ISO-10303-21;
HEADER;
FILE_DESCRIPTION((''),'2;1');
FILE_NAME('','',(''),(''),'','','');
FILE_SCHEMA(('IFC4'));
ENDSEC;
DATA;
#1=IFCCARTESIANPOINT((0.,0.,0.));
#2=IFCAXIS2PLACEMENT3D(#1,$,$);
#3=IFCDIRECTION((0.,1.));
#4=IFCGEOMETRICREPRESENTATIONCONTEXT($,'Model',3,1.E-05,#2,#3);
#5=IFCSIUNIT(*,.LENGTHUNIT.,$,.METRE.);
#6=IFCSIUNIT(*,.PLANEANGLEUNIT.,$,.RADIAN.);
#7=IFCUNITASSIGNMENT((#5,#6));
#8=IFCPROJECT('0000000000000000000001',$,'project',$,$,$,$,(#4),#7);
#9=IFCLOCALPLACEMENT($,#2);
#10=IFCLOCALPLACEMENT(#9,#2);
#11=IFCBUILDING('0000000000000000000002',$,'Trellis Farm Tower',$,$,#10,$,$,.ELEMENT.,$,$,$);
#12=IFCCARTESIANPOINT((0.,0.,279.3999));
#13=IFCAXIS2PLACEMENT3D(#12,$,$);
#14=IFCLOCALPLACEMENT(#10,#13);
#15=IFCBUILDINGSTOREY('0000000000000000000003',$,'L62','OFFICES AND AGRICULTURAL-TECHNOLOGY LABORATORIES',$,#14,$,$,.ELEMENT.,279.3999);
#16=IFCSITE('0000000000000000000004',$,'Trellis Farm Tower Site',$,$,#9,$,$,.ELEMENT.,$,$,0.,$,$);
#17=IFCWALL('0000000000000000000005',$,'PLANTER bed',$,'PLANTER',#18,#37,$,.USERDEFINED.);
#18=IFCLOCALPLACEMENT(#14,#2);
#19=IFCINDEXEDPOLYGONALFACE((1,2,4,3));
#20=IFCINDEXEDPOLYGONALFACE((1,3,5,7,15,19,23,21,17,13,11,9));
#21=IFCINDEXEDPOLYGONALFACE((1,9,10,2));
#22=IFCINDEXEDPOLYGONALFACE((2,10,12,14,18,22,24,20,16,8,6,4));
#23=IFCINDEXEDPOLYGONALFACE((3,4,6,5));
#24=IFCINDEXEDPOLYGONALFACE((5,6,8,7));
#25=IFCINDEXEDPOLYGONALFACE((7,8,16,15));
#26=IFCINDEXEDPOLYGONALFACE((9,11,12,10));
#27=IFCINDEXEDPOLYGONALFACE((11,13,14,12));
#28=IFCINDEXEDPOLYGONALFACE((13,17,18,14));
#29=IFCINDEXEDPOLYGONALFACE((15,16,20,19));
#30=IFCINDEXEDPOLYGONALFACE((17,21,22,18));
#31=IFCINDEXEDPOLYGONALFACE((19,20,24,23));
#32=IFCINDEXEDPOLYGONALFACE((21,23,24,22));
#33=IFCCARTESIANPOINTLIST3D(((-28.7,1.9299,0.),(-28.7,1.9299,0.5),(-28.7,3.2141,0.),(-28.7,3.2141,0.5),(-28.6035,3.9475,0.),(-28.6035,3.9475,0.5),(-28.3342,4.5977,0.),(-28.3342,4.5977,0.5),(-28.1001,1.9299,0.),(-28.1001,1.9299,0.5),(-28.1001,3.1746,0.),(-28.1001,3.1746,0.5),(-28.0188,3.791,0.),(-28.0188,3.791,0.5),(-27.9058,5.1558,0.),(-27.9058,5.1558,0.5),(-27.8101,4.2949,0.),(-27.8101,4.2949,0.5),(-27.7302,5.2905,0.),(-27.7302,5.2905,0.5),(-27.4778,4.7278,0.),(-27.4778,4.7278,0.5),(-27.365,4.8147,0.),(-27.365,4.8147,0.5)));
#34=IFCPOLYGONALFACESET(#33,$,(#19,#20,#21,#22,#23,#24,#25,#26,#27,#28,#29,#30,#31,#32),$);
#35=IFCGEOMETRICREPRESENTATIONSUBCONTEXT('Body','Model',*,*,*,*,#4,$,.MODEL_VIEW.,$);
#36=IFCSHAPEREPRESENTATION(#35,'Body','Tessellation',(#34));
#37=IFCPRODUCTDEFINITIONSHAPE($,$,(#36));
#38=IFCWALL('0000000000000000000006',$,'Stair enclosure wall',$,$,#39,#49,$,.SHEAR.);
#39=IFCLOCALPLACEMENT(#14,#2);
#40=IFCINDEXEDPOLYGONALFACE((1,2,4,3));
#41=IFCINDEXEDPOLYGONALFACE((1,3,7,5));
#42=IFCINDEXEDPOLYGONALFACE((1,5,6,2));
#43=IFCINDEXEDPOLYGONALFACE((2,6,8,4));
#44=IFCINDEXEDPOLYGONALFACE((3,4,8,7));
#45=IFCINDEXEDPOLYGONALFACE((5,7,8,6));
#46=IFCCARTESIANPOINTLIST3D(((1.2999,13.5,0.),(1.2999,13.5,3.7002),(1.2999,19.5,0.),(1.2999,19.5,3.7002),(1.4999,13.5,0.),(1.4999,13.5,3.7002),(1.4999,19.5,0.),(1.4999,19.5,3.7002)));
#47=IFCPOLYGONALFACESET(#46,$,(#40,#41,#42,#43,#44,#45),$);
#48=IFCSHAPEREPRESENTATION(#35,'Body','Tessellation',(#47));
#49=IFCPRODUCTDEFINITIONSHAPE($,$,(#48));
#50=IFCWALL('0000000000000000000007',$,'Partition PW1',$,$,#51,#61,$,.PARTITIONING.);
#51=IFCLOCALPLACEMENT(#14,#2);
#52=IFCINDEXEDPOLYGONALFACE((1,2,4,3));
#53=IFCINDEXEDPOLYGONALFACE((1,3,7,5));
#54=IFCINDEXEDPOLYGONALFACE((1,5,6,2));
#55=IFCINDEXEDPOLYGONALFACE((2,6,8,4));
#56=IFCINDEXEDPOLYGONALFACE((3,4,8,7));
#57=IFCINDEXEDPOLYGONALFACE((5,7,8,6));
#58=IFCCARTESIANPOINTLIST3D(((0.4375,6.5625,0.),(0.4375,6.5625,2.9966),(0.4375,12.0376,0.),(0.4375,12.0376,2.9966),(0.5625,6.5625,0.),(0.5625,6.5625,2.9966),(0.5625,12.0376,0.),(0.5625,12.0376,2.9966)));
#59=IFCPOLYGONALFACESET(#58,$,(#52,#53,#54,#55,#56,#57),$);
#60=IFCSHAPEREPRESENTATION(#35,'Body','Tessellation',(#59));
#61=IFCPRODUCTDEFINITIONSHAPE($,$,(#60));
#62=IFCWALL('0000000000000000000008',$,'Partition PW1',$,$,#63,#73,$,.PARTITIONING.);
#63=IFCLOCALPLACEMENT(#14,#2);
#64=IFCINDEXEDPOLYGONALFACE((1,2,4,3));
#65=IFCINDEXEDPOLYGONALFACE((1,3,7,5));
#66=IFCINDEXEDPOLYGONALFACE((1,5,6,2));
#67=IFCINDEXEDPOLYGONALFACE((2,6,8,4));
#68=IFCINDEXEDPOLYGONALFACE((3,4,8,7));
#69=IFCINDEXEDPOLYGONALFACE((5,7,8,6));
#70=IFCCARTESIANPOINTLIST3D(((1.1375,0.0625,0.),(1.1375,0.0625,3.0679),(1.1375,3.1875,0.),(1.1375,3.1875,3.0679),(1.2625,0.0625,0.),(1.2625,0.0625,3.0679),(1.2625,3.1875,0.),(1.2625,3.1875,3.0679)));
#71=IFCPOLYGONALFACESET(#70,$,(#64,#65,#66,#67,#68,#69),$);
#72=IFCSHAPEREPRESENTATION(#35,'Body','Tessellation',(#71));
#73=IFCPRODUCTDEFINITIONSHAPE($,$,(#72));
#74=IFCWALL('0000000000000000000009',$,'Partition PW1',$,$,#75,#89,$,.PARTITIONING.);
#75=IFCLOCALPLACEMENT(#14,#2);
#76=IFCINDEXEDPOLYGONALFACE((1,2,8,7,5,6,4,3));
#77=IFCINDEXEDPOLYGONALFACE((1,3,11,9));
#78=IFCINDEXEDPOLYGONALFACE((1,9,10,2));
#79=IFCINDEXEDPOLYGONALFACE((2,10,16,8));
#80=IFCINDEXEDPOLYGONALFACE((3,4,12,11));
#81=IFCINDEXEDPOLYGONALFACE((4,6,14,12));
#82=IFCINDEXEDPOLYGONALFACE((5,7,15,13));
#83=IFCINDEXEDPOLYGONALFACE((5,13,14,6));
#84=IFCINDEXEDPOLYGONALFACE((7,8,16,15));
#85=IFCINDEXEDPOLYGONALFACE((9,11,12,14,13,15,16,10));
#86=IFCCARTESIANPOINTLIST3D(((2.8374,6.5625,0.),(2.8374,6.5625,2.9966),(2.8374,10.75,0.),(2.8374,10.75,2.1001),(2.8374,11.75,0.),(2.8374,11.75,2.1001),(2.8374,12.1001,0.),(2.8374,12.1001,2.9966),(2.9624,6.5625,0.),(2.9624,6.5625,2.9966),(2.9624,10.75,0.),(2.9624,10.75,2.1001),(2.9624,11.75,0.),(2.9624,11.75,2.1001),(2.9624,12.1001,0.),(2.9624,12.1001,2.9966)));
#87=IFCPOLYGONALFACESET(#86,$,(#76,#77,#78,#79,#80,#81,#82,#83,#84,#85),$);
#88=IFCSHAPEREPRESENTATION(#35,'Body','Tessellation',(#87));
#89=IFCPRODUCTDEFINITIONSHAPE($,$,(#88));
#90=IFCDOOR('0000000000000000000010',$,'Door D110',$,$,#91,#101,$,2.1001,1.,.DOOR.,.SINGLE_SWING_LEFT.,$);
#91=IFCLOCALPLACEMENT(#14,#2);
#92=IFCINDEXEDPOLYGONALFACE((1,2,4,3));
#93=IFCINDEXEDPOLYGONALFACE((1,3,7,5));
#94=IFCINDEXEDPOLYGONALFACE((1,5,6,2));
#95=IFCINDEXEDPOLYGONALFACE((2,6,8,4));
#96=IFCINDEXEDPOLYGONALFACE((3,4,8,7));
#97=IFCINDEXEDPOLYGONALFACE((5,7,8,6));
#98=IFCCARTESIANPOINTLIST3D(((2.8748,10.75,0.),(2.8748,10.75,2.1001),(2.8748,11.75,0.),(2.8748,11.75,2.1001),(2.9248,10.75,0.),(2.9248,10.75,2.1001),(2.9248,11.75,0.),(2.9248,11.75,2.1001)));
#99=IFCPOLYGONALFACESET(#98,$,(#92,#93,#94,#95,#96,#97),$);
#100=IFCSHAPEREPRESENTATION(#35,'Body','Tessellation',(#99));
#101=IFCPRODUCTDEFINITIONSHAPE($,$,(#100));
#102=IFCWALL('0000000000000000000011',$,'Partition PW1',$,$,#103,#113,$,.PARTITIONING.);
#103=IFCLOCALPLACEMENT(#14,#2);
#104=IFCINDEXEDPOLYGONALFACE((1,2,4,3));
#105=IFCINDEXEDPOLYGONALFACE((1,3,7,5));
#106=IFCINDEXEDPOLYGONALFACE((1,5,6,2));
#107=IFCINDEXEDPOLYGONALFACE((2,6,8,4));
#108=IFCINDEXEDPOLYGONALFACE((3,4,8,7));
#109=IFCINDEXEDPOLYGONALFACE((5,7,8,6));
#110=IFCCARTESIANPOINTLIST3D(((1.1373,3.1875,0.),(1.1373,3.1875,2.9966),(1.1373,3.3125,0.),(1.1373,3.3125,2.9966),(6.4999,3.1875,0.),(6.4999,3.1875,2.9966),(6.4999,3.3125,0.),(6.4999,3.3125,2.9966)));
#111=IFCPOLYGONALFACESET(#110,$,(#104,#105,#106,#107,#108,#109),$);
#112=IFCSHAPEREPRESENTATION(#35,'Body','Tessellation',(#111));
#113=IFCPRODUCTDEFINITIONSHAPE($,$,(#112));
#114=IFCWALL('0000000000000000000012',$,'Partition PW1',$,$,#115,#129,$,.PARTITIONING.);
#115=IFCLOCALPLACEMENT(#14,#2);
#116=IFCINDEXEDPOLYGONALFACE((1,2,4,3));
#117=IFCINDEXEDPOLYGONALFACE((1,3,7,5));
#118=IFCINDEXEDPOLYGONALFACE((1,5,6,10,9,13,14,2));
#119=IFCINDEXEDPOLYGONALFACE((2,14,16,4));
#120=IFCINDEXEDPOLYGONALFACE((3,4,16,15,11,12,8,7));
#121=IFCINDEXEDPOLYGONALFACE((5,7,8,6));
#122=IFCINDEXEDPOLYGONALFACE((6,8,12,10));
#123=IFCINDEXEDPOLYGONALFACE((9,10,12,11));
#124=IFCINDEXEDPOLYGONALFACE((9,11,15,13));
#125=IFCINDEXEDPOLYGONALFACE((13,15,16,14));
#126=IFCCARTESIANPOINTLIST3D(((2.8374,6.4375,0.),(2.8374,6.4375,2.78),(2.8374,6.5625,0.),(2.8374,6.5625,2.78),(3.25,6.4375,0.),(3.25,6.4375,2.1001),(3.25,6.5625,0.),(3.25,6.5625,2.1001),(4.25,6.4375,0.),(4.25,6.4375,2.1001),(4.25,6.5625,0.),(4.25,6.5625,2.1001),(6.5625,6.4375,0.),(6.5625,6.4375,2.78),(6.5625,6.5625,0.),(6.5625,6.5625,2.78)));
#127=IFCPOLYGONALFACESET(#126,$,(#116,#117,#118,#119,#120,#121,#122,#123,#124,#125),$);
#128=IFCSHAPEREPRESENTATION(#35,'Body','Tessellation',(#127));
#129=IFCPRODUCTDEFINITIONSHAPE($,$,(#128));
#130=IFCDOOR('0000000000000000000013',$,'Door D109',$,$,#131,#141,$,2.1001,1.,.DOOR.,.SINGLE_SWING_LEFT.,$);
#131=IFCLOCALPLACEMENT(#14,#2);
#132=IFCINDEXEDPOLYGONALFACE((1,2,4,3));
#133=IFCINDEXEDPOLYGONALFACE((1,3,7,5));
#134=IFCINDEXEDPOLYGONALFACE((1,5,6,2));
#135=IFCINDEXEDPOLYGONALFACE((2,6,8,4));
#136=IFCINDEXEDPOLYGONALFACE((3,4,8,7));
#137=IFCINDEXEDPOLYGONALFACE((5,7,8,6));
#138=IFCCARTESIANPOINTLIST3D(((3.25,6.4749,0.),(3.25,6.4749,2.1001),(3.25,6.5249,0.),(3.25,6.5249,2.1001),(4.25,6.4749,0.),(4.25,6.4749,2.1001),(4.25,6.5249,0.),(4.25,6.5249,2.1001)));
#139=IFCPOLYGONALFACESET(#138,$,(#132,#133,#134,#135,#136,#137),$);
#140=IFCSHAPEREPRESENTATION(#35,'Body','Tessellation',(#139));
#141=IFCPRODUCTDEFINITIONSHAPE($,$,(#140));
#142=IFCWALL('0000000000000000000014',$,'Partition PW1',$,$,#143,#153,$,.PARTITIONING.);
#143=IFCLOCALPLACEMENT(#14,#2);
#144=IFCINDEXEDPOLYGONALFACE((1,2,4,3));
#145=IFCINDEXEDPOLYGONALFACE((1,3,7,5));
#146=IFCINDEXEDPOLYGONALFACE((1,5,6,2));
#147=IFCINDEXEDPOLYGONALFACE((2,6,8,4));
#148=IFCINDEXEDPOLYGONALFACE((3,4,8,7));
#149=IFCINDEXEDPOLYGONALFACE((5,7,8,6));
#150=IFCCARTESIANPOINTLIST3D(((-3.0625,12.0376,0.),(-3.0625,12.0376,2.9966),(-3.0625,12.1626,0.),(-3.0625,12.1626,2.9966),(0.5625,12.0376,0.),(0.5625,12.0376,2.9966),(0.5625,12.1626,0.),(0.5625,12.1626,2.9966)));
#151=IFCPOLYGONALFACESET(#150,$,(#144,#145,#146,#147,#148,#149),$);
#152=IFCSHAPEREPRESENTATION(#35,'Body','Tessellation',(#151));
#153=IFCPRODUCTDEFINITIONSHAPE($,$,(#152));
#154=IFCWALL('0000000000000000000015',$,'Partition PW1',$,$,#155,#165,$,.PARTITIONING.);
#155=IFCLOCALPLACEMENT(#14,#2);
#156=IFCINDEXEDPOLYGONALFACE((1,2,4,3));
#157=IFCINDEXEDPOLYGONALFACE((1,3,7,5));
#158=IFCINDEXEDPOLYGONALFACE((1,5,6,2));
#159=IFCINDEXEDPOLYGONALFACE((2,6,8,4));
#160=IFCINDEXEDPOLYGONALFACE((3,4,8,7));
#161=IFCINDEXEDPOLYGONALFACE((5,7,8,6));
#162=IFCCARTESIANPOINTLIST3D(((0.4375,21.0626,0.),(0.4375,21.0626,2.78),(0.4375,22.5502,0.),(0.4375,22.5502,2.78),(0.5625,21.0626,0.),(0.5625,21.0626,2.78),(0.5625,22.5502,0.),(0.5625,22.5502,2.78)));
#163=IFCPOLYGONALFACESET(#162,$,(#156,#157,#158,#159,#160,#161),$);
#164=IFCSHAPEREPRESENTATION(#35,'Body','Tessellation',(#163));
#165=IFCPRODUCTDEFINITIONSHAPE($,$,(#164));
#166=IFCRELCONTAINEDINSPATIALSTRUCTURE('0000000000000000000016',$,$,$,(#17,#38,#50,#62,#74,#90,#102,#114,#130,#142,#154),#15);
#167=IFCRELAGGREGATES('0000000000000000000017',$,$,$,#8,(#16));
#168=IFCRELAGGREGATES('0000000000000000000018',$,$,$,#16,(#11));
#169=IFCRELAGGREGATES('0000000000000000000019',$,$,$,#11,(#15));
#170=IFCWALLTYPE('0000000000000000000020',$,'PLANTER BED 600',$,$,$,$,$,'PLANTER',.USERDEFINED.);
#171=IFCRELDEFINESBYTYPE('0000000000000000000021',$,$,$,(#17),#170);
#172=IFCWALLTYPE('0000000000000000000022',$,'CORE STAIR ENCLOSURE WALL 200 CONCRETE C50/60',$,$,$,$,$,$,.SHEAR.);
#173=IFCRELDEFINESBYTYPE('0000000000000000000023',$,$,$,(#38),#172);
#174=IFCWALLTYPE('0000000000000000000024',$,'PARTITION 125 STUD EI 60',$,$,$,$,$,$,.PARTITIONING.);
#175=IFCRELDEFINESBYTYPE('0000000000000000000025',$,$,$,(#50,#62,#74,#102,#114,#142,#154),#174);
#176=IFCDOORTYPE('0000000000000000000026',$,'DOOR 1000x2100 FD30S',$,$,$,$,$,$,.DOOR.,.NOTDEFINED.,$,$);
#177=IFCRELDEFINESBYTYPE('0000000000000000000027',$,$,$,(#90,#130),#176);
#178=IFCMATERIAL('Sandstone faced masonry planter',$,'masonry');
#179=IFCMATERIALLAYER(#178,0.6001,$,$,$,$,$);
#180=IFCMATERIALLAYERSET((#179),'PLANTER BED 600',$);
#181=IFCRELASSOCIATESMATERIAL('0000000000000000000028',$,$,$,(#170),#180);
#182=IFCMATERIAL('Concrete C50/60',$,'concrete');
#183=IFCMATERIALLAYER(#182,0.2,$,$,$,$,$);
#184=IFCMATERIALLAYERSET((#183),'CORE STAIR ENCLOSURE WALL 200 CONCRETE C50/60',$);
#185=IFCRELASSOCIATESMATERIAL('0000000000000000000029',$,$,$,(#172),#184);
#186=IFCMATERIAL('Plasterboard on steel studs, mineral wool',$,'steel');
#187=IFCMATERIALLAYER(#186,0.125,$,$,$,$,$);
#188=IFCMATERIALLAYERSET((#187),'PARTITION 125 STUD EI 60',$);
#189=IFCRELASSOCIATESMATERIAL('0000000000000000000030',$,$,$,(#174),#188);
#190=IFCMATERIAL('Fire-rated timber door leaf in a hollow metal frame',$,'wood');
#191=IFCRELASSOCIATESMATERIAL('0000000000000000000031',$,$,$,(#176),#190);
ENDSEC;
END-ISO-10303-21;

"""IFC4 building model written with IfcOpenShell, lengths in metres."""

from ifc_helpers import new_model, si_unit, direction, frame, frame_2d, origin, place, context, subcontext, project, spatial, polyline, rectangle, outline, extrude, source, transform, mapped, material, layer, layer_set, type_object, element, fill, save


model = new_model("IFC4")

# Units and contexts
model_context = context("Model", 3, precision=1e-05, world=origin(), true_north=direction((0.0, 1.0)))
body_context = subcontext(model_context, "Body", "Model", "MODEL_VIEW")
ifc_project = project(units=[si_unit("LENGTHUNIT", "METRE"), si_unit("PLANEANGLEUNIT", "RADIAN")], contexts=[model_context])

# Site, building, storey
site_placement = place(None, origin())
site = spatial("IfcSite", under=ifc_project, at=site_placement, Name="Trellis Farm Tower Site", CompositionType="ELEMENT", RefElevation=0.0)
building_placement = place(site_placement, origin())
building = spatial("IfcBuilding", under=site, at=building_placement, Name="Trellis Farm Tower", CompositionType="ELEMENT")
storey_placement = place(building_placement, frame((0.0, 0.0, 279.3999)))
storey = spatial("IfcBuildingStorey", under=building, at=storey_placement, Name="L62", Description="OFFICES AND AGRICULTURAL-TECHNOLOGY LABORATORIES", CompositionType="ELEMENT", Elevation=279.3999)

# Shared definitions
placement_1 = place(storey_placement, origin())

# Walls
ifc_material_1 = material(Name="Sandstone faced masonry planter", Category="masonry")
ifc_layer_1 = layer(ifc_material_1, 0.6001)
ifc_layer_set_1 = layer_set([ifc_layer_1], Name="PLANTER BED 600")
wall_type_1 = type_object("IfcWallType", Name="PLANTER BED 600", ElementType="PLANTER", PredefinedType="USERDEFINED", material=ifc_layer_set_1)
element("IfcWall", 1, at=placement_1, inside=storey, type_object=wall_type_1, Name="PLANTER bed", ObjectType="PLANTER", PredefinedType="USERDEFINED", context=body_context, shape_type="SweptSolid", body=[
    extrude(outline(polyline([(-28.6035, 3.9475), (-28.3342, 4.5977), (-27.9058, 5.1558), (-27.7302, 5.2905), (-27.365, 4.8147), (-27.4778, 4.7278), (-27.8101, 4.2949), (-28.0188, 3.791), (-28.1001, 3.1746), (-28.1001, 1.9299), (-28.7, 1.9299), (-28.7, 3.2141), (-28.6035, 3.9475)])), origin(), (0.0, 0.0, 1.0), 0.5),
])
ifc_material_2 = material(Name="Concrete C50/60", Category="concrete")
ifc_layer_2 = layer(ifc_material_2, 0.2)
ifc_layer_set_2 = layer_set([ifc_layer_2], Name="CORE STAIR ENCLOSURE WALL 200 CONCRETE C50/60")
wall_type_2 = type_object("IfcWallType", Name="CORE STAIR ENCLOSURE WALL 200 CONCRETE C50/60", PredefinedType="SHEAR", material=ifc_layer_set_2)
shared_shape_1 = source(origin(), body_context, "Body", "SweptSolid", [
    extrude(rectangle(XDim=6.0, YDim=0.2, at=frame_2d((3.0, 0.0))), origin(), (0.0, 0.0, 1.0), 3.7002),
])
wall_1_placement = place(storey_placement, frame((1.3999, 13.5, 0.0), z_axis=(0.0, 0.0, 1.0), x_axis=(0.0, 1.0, 0.0)))
element("IfcWall", 2, at=wall_1_placement, inside=storey, type_object=wall_type_2, Name="Stair enclosure wall", PredefinedType="SHEAR", context=body_context, shape_type="MappedRepresentation", body=[
    mapped(shared_shape_1, transform((0.0, 0.0, 0.0))),
])
ifc_material_3 = material(Name="Plasterboard on steel studs, mineral wool", Category="steel")
ifc_layer_3 = layer(ifc_material_3, 0.125)
ifc_layer_set_3 = layer_set([ifc_layer_3], Name="PARTITION 125 STUD EI 60")
wall_type_3 = type_object("IfcWallType", Name="PARTITION 125 STUD EI 60", PredefinedType="PARTITIONING", material=ifc_layer_set_3)
shared_shape_2 = source(origin(), body_context, "Body", "SweptSolid", [
    extrude(rectangle(XDim=5.4751, YDim=0.125, at=frame_2d((2.7375, 0.0))), origin(), (0.0, 0.0, 1.0), 2.9966),
])
wall_2_placement = place(storey_placement, frame((0.5, 12.0376, 0.0), z_axis=(0.0, 0.0, 1.0), x_axis=(0.0, -1.0, 0.0)))
element("IfcWall", 3, at=wall_2_placement, inside=storey, type_object=wall_type_3, Name="Partition PW1", PredefinedType="PARTITIONING", context=body_context, shape_type="MappedRepresentation", body=[
    mapped(shared_shape_2, transform((0.0, 0.0, 0.0))),
])
shared_shape_3 = source(origin(), body_context, "Body", "SweptSolid", [
    extrude(rectangle(XDim=3.125, YDim=0.125, at=frame_2d((1.5625, 0.0))), origin(), (0.0, 0.0, 1.0), 3.0679),
])
wall_3_placement = place(storey_placement, frame((1.2, 3.1875, 0.0), z_axis=(0.0, 0.0, 1.0), x_axis=(0.0, -1.0, 0.0)))
element("IfcWall", 4, at=wall_3_placement, inside=storey, type_object=wall_type_3, Name="Partition PW1", PredefinedType="PARTITIONING", context=body_context, shape_type="MappedRepresentation", body=[
    mapped(shared_shape_3, transform((0.0, 0.0, 0.0))),
])

# Wall, opening, door
shared_shape_4 = source(origin(), body_context, "Body", "SweptSolid", [
    extrude(rectangle(XDim=5.5376, YDim=0.125, at=frame_2d((2.7688, 0.0))), origin(), (0.0, 0.0, 1.0), 2.9966),
])
wall_4_placement = place(storey_placement, frame((2.8999, 12.1001, 0.0), z_axis=(0.0, 0.0, 1.0), x_axis=(0.0, -1.0, 0.0)))
wall_4 = element("IfcWall", 5, at=wall_4_placement, inside=storey, type_object=wall_type_3, Name="Partition PW1", PredefinedType="PARTITIONING", context=body_context, shape_type="MappedRepresentation", body=[
    mapped(shared_shape_4, transform((0.0, 0.0, 0.0))),
])
shared_shape_5 = source(origin(), body_context, "Body", "SweptSolid", [
    extrude(rectangle(XDim=1.0, YDim=2.1001, at=frame_2d((0.5, 1.05))), frame((0.0, 0.0725, 0.0), z_axis=(0.0, -1.0, 0.0), x_axis=(1.0, 0.0, 0.0)), (0.0, 0.0, 1.0), 0.145),
])
opening_1_placement = place(wall_4_placement, frame((0.3501, 0.0, 0.0)))
opening_1 = element("IfcOpeningElement", 6, at=opening_1_placement, cuts=wall_4, PredefinedType="OPENING", context=body_context, shape_type="MappedRepresentation", body=[
    mapped(shared_shape_5, transform((0.0, 0.0, 0.0))),
])
ifc_material_4 = material(Name="Fire-rated timber door leaf in a hollow metal frame", Category="wood")
door_type = type_object("IfcDoorType", Name="DOOR 1000x2100 FD30S", OperationType="NOTDEFINED", PredefinedType="DOOR", material=ifc_material_4)
shared_shape_6 = source(origin(), body_context, "Body", "SweptSolid", [
    extrude(rectangle(XDim=1.0, YDim=2.1001, at=frame_2d((0.5, 1.05))), frame((0.0, 0.0249, 0.0), z_axis=(0.0, -1.0, 0.0), x_axis=(1.0, 0.0, 0.0)), (0.0, 0.0, 1.0), 0.05),
])
door_1_placement = place(opening_1_placement, origin())
door_1 = element("IfcDoor", 7, at=door_1_placement, inside=storey, type_object=door_type, Name="Door D110", OperationType="SINGLE_SWING_LEFT", OverallHeight=2.1001, OverallWidth=1.0, PredefinedType="DOOR", context=body_context, shape_type="MappedRepresentation", body=[
    mapped(shared_shape_6, transform((0.0, 0.0, 0.0))),
])
fill(opening_1, door_1)

# Wall
shared_shape_7 = source(origin(), body_context, "Body", "SweptSolid", [
    extrude(rectangle(XDim=5.3625, YDim=0.125, at=frame_2d((2.6812, 0.0))), origin(), (0.0, 0.0, 1.0), 2.9966),
])
wall_5_placement = place(storey_placement, frame((1.1375, 3.25, 0.0), z_axis=(0.0, 0.0, 1.0), x_axis=(1.0, 0.0, 0.0)))
element("IfcWall", 8, at=wall_5_placement, inside=storey, type_object=wall_type_3, Name="Partition PW1", PredefinedType="PARTITIONING", context=body_context, shape_type="MappedRepresentation", body=[
    mapped(shared_shape_7, transform((0.0, 0.0, 0.0))),
])

# Wall, opening, door
shared_shape_8 = source(origin(), body_context, "Body", "SweptSolid", [
    extrude(rectangle(XDim=3.7251, YDim=0.125, at=frame_2d((1.8625, 0.0))), origin(), (0.0, 0.0, 1.0), 2.78),
])
wall_6_placement = place(storey_placement, frame((2.8374, 6.5, 0.0), z_axis=(0.0, 0.0, 1.0), x_axis=(1.0, 0.0, 0.0)))
wall_6 = element("IfcWall", 9, at=wall_6_placement, inside=storey, type_object=wall_type_3, Name="Partition PW1", PredefinedType="PARTITIONING", context=body_context, shape_type="MappedRepresentation", body=[
    mapped(shared_shape_8, transform((0.0, 0.0, 0.0))),
])
opening_2_placement = place(wall_6_placement, frame((0.4126, 0.0, 0.0)))
opening_2 = element("IfcOpeningElement", 10, at=opening_2_placement, cuts=wall_6, PredefinedType="OPENING", context=body_context, shape_type="MappedRepresentation", body=[
    mapped(shared_shape_5, transform((0.0, 0.0, 0.0))),
])
door_2_placement = place(opening_2_placement, origin())
door_2 = element("IfcDoor", 11, at=door_2_placement, inside=storey, type_object=door_type, Name="Door D109", OperationType="SINGLE_SWING_LEFT", OverallHeight=2.1001, OverallWidth=1.0, PredefinedType="DOOR", context=body_context, shape_type="MappedRepresentation", body=[
    mapped(shared_shape_6, transform((0.0, 0.0, 0.0))),
])
fill(opening_2, door_2)

# Walls
shared_shape_9 = source(origin(), body_context, "Body", "SweptSolid", [
    extrude(rectangle(XDim=3.625, YDim=0.125, at=frame_2d((1.8125, 0.0))), origin(), (0.0, 0.0, 1.0), 2.9966),
])
wall_7_placement = place(storey_placement, frame((0.5625, 12.1001, 0.0), z_axis=(0.0, 0.0, 1.0), x_axis=(-1.0, 0.0, 0.0)))
element("IfcWall", 12, at=wall_7_placement, inside=storey, type_object=wall_type_3, Name="Partition PW1", PredefinedType="PARTITIONING", context=body_context, shape_type="MappedRepresentation", body=[
    mapped(shared_shape_9, transform((0.0, 0.0, 0.0))),
])
shared_shape_10 = source(origin(), body_context, "Body", "SweptSolid", [
    extrude(rectangle(XDim=1.4875, YDim=0.125, at=frame_2d((0.7437, 0.0))), origin(), (0.0, 0.0, 1.0), 2.78),
])
wall_8_placement = place(storey_placement, frame((0.5, 22.55, 0.0), z_axis=(0.0, 0.0, 1.0), x_axis=(0.0, -1.0, 0.0)))
element("IfcWall", 13, at=wall_8_placement, inside=storey, type_object=wall_type_3, Name="Partition PW1", PredefinedType="PARTITIONING", context=body_context, shape_type="MappedRepresentation", body=[
    mapped(shared_shape_10, transform((0.0, 0.0, 0.0))),
])

save(model, "model.ifc")
